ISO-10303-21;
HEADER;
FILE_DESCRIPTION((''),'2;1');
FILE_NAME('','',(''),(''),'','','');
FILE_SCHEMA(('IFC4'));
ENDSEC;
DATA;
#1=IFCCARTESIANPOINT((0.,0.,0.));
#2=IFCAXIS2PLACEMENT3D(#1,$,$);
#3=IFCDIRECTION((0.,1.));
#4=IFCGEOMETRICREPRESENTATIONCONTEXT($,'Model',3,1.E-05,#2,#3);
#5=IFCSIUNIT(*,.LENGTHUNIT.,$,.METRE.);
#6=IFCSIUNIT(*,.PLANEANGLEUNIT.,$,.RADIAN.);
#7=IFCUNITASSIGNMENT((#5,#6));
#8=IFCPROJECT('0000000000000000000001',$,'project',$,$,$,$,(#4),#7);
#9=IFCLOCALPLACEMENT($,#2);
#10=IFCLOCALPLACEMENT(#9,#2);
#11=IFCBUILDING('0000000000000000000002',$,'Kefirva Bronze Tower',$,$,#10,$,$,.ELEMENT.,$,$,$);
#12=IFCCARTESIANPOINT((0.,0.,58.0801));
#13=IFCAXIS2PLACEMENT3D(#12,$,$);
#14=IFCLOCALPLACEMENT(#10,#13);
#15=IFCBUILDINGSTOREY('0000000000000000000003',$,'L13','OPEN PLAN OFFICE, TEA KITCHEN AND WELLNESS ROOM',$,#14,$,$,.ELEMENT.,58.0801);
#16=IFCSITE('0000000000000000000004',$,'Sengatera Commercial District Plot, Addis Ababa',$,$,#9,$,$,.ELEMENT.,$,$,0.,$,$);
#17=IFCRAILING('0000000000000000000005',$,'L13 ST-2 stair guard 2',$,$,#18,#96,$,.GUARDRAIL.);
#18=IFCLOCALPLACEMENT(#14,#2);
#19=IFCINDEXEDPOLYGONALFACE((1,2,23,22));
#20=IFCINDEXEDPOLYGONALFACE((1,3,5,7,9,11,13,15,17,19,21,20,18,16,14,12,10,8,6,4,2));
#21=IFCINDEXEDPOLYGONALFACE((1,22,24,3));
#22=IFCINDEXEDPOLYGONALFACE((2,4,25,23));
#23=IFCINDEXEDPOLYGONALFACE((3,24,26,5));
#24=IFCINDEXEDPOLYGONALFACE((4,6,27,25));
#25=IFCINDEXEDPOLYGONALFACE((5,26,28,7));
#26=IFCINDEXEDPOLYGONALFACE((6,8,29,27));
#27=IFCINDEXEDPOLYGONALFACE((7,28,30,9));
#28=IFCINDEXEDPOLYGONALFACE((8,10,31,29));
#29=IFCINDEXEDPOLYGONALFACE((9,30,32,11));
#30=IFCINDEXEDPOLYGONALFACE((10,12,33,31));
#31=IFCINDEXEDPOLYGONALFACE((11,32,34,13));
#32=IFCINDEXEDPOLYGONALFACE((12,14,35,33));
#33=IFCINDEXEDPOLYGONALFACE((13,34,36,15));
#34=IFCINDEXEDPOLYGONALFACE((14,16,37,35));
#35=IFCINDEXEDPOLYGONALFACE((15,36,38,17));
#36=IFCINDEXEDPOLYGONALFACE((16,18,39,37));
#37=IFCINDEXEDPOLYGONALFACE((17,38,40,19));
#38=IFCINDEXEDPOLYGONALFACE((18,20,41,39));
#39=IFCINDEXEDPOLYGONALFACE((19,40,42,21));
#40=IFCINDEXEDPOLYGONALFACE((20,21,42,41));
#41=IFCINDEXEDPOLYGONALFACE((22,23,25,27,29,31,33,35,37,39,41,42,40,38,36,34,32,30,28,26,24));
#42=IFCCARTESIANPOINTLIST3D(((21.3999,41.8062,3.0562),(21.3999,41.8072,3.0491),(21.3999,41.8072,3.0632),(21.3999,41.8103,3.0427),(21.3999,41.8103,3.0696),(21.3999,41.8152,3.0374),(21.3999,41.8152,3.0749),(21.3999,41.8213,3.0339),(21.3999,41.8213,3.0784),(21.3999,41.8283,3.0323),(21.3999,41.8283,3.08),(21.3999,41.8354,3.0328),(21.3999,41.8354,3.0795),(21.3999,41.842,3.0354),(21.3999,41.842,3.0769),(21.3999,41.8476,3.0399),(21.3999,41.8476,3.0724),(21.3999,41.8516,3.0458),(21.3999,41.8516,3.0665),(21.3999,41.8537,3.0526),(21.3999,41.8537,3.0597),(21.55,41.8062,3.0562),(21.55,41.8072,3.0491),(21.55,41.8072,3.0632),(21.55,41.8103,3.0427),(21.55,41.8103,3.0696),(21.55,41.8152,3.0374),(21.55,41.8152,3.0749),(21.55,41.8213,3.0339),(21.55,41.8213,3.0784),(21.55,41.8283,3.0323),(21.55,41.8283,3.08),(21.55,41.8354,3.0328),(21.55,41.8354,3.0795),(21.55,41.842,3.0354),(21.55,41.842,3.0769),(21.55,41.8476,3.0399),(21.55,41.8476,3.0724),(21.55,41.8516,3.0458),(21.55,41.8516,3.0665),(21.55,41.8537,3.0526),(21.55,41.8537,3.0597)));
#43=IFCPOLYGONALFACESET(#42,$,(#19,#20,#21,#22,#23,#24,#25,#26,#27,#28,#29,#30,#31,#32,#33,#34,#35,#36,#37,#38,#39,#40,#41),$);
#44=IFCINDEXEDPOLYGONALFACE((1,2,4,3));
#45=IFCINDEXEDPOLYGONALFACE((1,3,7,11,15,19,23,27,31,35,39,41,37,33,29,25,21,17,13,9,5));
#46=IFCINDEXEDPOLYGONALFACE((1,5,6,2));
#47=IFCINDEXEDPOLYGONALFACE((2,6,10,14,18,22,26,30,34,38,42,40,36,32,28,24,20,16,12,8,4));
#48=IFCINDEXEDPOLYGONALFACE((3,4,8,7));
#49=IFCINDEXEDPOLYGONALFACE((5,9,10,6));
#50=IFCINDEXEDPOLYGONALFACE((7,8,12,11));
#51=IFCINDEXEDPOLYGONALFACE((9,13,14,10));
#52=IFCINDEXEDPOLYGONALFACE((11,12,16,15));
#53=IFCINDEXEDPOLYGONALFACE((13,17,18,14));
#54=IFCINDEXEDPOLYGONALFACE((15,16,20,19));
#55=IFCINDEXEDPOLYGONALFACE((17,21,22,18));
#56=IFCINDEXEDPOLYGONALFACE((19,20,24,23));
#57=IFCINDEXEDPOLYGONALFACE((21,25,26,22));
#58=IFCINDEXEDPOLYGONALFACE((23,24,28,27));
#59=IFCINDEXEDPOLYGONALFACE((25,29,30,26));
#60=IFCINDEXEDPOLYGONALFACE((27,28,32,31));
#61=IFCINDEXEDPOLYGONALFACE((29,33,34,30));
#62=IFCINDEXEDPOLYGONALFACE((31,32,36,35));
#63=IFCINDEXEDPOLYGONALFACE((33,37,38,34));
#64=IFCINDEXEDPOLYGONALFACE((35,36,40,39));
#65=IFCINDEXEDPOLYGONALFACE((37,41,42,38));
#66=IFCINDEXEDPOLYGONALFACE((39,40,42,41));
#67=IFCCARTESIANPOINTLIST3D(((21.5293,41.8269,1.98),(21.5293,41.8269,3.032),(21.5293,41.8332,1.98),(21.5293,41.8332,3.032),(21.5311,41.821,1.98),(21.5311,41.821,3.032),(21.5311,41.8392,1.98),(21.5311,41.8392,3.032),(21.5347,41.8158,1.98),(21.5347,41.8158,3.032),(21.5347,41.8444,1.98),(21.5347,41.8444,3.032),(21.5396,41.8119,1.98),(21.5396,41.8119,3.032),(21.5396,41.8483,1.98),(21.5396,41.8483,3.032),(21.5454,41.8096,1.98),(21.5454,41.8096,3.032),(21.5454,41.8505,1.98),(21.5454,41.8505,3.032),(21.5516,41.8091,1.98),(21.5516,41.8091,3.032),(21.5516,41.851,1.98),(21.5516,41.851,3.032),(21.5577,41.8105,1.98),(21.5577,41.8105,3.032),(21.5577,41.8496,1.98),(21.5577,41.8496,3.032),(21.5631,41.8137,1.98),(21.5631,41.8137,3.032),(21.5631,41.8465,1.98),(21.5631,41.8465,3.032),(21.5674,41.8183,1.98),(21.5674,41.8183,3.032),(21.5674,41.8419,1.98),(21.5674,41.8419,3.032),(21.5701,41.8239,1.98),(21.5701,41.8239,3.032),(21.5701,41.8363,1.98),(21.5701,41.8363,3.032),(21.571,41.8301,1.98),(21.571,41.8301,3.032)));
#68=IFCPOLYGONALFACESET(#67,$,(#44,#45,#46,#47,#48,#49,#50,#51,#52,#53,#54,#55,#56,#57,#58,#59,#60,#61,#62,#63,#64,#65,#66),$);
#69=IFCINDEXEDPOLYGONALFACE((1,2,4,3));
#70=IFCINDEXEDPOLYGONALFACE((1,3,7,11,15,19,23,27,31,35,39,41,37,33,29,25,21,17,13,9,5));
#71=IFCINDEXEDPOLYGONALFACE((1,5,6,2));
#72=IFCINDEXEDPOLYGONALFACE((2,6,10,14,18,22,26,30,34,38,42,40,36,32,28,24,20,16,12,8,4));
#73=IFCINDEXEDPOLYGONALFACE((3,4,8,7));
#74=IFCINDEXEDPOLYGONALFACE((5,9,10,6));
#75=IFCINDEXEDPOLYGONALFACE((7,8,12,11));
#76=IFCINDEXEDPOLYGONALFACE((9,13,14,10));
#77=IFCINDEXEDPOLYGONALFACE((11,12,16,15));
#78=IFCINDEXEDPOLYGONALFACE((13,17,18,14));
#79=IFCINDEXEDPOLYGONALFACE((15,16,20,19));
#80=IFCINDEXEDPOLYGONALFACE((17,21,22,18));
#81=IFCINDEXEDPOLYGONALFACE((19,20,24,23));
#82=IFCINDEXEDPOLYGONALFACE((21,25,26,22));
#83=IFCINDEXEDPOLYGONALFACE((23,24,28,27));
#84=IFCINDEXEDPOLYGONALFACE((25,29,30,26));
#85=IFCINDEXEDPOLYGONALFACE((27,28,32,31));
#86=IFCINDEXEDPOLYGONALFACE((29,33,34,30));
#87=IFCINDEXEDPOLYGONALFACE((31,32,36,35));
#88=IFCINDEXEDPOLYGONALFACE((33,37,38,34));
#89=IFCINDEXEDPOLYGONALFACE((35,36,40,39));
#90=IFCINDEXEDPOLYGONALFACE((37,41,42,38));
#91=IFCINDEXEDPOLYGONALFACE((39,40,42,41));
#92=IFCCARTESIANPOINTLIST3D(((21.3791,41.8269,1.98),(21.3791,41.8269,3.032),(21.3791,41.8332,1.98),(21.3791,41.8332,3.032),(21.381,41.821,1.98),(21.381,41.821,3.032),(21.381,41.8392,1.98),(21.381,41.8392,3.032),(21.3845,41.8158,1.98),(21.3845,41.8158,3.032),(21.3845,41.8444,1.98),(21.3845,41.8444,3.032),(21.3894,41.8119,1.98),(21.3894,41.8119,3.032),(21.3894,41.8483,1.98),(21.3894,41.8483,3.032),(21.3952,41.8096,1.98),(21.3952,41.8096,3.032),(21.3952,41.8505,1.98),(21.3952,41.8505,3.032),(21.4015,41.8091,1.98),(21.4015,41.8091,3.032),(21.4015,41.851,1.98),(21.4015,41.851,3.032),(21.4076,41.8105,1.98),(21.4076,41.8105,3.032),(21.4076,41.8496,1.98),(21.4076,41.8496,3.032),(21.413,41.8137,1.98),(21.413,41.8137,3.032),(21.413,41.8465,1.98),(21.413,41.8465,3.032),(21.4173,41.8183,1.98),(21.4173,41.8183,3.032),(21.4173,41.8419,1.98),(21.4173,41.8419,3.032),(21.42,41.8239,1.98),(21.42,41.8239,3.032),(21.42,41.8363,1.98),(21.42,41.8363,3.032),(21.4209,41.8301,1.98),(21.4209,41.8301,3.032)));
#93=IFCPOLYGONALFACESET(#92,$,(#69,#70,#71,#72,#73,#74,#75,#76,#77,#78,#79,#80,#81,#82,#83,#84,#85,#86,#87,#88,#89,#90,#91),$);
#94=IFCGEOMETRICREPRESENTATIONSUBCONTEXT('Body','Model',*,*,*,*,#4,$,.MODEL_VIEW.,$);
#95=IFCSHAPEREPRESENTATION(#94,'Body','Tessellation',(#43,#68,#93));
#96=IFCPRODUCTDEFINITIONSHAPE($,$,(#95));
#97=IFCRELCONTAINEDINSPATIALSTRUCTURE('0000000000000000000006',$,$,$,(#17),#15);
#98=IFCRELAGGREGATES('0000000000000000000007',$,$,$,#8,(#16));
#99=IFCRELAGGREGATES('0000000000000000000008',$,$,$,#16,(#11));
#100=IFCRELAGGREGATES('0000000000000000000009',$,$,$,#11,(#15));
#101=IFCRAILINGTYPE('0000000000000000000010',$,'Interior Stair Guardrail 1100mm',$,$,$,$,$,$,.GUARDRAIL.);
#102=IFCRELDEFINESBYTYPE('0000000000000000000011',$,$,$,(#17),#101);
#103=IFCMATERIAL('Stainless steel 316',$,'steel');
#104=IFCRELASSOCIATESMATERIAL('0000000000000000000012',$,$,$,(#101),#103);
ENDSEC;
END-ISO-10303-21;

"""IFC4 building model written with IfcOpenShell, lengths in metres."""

from ifc_helpers import new_model, si_unit, direction, frame, origin, origin_2d, place, context, subcontext, project, spatial, circle, extrude, material, type_object, element, save


model = new_model("IFC4")

# Units and contexts
model_context = context("Model", 3, precision=1e-05, world=origin(), true_north=direction((0.0, 1.0)))
body_context = subcontext(model_context, "Body", "Model", "MODEL_VIEW")
ifc_project = project(units=[si_unit("LENGTHUNIT", "METRE"), si_unit("PLANEANGLEUNIT", "RADIAN")], contexts=[model_context])

# Site, building, storey
site_placement = place(None, origin())
site = spatial("IfcSite", under=ifc_project, at=site_placement, Name="Sengatera Commercial District Plot, Addis Ababa", CompositionType="ELEMENT", RefElevation=0.0)
building_placement = place(site_placement, origin())
building = spatial("IfcBuilding", under=site, at=building_placement, Name="Kefirva Bronze Tower", CompositionType="ELEMENT")
storey_placement = place(building_placement, frame((0.0, 0.0, 58.0801)))
storey = spatial("IfcBuildingStorey", under=building, at=storey_placement, Name="L13", Description="OPEN PLAN OFFICE, TEA KITCHEN AND WELLNESS ROOM", CompositionType="ELEMENT", Elevation=58.0801)

# Railing
ifc_material_1 = material(Name="Stainless steel 316", Category="steel")
railing_type_1 = type_object("IfcRailingType", Name="Interior Stair Guardrail 1100mm", PredefinedType="GUARDRAIL", material=ifc_material_1)
railing_1_placement = place(storey_placement, frame((21.55, 41.8301, 1.98)))
element("IfcRailing", 1, at=railing_1_placement, inside=storey, type_object=railing_type_1, Name="L13 ST-2 stair guard 2", PredefinedType="GUARDRAIL", context=body_context, shape_type="SweptSolid", body=[
    extrude(circle(Radius=0.0239, at=origin_2d()), frame((0.0, 0.0, 1.0762), z_axis=(-1.0, 0.0, 0.0), x_axis=(0.0, -1.0, 0.0)), (0.0, 0.0, 1.0), 0.1501),
    extrude(circle(Radius=0.021, at=origin_2d()), origin(), (0.0, 0.0, 1.0), 1.052),
    extrude(circle(Radius=0.021, at=origin_2d()), frame((-0.1501, 0.0, 0.0)), (0.0, 0.0, 1.0), 1.052),
])

save(model, "model.ifc")
